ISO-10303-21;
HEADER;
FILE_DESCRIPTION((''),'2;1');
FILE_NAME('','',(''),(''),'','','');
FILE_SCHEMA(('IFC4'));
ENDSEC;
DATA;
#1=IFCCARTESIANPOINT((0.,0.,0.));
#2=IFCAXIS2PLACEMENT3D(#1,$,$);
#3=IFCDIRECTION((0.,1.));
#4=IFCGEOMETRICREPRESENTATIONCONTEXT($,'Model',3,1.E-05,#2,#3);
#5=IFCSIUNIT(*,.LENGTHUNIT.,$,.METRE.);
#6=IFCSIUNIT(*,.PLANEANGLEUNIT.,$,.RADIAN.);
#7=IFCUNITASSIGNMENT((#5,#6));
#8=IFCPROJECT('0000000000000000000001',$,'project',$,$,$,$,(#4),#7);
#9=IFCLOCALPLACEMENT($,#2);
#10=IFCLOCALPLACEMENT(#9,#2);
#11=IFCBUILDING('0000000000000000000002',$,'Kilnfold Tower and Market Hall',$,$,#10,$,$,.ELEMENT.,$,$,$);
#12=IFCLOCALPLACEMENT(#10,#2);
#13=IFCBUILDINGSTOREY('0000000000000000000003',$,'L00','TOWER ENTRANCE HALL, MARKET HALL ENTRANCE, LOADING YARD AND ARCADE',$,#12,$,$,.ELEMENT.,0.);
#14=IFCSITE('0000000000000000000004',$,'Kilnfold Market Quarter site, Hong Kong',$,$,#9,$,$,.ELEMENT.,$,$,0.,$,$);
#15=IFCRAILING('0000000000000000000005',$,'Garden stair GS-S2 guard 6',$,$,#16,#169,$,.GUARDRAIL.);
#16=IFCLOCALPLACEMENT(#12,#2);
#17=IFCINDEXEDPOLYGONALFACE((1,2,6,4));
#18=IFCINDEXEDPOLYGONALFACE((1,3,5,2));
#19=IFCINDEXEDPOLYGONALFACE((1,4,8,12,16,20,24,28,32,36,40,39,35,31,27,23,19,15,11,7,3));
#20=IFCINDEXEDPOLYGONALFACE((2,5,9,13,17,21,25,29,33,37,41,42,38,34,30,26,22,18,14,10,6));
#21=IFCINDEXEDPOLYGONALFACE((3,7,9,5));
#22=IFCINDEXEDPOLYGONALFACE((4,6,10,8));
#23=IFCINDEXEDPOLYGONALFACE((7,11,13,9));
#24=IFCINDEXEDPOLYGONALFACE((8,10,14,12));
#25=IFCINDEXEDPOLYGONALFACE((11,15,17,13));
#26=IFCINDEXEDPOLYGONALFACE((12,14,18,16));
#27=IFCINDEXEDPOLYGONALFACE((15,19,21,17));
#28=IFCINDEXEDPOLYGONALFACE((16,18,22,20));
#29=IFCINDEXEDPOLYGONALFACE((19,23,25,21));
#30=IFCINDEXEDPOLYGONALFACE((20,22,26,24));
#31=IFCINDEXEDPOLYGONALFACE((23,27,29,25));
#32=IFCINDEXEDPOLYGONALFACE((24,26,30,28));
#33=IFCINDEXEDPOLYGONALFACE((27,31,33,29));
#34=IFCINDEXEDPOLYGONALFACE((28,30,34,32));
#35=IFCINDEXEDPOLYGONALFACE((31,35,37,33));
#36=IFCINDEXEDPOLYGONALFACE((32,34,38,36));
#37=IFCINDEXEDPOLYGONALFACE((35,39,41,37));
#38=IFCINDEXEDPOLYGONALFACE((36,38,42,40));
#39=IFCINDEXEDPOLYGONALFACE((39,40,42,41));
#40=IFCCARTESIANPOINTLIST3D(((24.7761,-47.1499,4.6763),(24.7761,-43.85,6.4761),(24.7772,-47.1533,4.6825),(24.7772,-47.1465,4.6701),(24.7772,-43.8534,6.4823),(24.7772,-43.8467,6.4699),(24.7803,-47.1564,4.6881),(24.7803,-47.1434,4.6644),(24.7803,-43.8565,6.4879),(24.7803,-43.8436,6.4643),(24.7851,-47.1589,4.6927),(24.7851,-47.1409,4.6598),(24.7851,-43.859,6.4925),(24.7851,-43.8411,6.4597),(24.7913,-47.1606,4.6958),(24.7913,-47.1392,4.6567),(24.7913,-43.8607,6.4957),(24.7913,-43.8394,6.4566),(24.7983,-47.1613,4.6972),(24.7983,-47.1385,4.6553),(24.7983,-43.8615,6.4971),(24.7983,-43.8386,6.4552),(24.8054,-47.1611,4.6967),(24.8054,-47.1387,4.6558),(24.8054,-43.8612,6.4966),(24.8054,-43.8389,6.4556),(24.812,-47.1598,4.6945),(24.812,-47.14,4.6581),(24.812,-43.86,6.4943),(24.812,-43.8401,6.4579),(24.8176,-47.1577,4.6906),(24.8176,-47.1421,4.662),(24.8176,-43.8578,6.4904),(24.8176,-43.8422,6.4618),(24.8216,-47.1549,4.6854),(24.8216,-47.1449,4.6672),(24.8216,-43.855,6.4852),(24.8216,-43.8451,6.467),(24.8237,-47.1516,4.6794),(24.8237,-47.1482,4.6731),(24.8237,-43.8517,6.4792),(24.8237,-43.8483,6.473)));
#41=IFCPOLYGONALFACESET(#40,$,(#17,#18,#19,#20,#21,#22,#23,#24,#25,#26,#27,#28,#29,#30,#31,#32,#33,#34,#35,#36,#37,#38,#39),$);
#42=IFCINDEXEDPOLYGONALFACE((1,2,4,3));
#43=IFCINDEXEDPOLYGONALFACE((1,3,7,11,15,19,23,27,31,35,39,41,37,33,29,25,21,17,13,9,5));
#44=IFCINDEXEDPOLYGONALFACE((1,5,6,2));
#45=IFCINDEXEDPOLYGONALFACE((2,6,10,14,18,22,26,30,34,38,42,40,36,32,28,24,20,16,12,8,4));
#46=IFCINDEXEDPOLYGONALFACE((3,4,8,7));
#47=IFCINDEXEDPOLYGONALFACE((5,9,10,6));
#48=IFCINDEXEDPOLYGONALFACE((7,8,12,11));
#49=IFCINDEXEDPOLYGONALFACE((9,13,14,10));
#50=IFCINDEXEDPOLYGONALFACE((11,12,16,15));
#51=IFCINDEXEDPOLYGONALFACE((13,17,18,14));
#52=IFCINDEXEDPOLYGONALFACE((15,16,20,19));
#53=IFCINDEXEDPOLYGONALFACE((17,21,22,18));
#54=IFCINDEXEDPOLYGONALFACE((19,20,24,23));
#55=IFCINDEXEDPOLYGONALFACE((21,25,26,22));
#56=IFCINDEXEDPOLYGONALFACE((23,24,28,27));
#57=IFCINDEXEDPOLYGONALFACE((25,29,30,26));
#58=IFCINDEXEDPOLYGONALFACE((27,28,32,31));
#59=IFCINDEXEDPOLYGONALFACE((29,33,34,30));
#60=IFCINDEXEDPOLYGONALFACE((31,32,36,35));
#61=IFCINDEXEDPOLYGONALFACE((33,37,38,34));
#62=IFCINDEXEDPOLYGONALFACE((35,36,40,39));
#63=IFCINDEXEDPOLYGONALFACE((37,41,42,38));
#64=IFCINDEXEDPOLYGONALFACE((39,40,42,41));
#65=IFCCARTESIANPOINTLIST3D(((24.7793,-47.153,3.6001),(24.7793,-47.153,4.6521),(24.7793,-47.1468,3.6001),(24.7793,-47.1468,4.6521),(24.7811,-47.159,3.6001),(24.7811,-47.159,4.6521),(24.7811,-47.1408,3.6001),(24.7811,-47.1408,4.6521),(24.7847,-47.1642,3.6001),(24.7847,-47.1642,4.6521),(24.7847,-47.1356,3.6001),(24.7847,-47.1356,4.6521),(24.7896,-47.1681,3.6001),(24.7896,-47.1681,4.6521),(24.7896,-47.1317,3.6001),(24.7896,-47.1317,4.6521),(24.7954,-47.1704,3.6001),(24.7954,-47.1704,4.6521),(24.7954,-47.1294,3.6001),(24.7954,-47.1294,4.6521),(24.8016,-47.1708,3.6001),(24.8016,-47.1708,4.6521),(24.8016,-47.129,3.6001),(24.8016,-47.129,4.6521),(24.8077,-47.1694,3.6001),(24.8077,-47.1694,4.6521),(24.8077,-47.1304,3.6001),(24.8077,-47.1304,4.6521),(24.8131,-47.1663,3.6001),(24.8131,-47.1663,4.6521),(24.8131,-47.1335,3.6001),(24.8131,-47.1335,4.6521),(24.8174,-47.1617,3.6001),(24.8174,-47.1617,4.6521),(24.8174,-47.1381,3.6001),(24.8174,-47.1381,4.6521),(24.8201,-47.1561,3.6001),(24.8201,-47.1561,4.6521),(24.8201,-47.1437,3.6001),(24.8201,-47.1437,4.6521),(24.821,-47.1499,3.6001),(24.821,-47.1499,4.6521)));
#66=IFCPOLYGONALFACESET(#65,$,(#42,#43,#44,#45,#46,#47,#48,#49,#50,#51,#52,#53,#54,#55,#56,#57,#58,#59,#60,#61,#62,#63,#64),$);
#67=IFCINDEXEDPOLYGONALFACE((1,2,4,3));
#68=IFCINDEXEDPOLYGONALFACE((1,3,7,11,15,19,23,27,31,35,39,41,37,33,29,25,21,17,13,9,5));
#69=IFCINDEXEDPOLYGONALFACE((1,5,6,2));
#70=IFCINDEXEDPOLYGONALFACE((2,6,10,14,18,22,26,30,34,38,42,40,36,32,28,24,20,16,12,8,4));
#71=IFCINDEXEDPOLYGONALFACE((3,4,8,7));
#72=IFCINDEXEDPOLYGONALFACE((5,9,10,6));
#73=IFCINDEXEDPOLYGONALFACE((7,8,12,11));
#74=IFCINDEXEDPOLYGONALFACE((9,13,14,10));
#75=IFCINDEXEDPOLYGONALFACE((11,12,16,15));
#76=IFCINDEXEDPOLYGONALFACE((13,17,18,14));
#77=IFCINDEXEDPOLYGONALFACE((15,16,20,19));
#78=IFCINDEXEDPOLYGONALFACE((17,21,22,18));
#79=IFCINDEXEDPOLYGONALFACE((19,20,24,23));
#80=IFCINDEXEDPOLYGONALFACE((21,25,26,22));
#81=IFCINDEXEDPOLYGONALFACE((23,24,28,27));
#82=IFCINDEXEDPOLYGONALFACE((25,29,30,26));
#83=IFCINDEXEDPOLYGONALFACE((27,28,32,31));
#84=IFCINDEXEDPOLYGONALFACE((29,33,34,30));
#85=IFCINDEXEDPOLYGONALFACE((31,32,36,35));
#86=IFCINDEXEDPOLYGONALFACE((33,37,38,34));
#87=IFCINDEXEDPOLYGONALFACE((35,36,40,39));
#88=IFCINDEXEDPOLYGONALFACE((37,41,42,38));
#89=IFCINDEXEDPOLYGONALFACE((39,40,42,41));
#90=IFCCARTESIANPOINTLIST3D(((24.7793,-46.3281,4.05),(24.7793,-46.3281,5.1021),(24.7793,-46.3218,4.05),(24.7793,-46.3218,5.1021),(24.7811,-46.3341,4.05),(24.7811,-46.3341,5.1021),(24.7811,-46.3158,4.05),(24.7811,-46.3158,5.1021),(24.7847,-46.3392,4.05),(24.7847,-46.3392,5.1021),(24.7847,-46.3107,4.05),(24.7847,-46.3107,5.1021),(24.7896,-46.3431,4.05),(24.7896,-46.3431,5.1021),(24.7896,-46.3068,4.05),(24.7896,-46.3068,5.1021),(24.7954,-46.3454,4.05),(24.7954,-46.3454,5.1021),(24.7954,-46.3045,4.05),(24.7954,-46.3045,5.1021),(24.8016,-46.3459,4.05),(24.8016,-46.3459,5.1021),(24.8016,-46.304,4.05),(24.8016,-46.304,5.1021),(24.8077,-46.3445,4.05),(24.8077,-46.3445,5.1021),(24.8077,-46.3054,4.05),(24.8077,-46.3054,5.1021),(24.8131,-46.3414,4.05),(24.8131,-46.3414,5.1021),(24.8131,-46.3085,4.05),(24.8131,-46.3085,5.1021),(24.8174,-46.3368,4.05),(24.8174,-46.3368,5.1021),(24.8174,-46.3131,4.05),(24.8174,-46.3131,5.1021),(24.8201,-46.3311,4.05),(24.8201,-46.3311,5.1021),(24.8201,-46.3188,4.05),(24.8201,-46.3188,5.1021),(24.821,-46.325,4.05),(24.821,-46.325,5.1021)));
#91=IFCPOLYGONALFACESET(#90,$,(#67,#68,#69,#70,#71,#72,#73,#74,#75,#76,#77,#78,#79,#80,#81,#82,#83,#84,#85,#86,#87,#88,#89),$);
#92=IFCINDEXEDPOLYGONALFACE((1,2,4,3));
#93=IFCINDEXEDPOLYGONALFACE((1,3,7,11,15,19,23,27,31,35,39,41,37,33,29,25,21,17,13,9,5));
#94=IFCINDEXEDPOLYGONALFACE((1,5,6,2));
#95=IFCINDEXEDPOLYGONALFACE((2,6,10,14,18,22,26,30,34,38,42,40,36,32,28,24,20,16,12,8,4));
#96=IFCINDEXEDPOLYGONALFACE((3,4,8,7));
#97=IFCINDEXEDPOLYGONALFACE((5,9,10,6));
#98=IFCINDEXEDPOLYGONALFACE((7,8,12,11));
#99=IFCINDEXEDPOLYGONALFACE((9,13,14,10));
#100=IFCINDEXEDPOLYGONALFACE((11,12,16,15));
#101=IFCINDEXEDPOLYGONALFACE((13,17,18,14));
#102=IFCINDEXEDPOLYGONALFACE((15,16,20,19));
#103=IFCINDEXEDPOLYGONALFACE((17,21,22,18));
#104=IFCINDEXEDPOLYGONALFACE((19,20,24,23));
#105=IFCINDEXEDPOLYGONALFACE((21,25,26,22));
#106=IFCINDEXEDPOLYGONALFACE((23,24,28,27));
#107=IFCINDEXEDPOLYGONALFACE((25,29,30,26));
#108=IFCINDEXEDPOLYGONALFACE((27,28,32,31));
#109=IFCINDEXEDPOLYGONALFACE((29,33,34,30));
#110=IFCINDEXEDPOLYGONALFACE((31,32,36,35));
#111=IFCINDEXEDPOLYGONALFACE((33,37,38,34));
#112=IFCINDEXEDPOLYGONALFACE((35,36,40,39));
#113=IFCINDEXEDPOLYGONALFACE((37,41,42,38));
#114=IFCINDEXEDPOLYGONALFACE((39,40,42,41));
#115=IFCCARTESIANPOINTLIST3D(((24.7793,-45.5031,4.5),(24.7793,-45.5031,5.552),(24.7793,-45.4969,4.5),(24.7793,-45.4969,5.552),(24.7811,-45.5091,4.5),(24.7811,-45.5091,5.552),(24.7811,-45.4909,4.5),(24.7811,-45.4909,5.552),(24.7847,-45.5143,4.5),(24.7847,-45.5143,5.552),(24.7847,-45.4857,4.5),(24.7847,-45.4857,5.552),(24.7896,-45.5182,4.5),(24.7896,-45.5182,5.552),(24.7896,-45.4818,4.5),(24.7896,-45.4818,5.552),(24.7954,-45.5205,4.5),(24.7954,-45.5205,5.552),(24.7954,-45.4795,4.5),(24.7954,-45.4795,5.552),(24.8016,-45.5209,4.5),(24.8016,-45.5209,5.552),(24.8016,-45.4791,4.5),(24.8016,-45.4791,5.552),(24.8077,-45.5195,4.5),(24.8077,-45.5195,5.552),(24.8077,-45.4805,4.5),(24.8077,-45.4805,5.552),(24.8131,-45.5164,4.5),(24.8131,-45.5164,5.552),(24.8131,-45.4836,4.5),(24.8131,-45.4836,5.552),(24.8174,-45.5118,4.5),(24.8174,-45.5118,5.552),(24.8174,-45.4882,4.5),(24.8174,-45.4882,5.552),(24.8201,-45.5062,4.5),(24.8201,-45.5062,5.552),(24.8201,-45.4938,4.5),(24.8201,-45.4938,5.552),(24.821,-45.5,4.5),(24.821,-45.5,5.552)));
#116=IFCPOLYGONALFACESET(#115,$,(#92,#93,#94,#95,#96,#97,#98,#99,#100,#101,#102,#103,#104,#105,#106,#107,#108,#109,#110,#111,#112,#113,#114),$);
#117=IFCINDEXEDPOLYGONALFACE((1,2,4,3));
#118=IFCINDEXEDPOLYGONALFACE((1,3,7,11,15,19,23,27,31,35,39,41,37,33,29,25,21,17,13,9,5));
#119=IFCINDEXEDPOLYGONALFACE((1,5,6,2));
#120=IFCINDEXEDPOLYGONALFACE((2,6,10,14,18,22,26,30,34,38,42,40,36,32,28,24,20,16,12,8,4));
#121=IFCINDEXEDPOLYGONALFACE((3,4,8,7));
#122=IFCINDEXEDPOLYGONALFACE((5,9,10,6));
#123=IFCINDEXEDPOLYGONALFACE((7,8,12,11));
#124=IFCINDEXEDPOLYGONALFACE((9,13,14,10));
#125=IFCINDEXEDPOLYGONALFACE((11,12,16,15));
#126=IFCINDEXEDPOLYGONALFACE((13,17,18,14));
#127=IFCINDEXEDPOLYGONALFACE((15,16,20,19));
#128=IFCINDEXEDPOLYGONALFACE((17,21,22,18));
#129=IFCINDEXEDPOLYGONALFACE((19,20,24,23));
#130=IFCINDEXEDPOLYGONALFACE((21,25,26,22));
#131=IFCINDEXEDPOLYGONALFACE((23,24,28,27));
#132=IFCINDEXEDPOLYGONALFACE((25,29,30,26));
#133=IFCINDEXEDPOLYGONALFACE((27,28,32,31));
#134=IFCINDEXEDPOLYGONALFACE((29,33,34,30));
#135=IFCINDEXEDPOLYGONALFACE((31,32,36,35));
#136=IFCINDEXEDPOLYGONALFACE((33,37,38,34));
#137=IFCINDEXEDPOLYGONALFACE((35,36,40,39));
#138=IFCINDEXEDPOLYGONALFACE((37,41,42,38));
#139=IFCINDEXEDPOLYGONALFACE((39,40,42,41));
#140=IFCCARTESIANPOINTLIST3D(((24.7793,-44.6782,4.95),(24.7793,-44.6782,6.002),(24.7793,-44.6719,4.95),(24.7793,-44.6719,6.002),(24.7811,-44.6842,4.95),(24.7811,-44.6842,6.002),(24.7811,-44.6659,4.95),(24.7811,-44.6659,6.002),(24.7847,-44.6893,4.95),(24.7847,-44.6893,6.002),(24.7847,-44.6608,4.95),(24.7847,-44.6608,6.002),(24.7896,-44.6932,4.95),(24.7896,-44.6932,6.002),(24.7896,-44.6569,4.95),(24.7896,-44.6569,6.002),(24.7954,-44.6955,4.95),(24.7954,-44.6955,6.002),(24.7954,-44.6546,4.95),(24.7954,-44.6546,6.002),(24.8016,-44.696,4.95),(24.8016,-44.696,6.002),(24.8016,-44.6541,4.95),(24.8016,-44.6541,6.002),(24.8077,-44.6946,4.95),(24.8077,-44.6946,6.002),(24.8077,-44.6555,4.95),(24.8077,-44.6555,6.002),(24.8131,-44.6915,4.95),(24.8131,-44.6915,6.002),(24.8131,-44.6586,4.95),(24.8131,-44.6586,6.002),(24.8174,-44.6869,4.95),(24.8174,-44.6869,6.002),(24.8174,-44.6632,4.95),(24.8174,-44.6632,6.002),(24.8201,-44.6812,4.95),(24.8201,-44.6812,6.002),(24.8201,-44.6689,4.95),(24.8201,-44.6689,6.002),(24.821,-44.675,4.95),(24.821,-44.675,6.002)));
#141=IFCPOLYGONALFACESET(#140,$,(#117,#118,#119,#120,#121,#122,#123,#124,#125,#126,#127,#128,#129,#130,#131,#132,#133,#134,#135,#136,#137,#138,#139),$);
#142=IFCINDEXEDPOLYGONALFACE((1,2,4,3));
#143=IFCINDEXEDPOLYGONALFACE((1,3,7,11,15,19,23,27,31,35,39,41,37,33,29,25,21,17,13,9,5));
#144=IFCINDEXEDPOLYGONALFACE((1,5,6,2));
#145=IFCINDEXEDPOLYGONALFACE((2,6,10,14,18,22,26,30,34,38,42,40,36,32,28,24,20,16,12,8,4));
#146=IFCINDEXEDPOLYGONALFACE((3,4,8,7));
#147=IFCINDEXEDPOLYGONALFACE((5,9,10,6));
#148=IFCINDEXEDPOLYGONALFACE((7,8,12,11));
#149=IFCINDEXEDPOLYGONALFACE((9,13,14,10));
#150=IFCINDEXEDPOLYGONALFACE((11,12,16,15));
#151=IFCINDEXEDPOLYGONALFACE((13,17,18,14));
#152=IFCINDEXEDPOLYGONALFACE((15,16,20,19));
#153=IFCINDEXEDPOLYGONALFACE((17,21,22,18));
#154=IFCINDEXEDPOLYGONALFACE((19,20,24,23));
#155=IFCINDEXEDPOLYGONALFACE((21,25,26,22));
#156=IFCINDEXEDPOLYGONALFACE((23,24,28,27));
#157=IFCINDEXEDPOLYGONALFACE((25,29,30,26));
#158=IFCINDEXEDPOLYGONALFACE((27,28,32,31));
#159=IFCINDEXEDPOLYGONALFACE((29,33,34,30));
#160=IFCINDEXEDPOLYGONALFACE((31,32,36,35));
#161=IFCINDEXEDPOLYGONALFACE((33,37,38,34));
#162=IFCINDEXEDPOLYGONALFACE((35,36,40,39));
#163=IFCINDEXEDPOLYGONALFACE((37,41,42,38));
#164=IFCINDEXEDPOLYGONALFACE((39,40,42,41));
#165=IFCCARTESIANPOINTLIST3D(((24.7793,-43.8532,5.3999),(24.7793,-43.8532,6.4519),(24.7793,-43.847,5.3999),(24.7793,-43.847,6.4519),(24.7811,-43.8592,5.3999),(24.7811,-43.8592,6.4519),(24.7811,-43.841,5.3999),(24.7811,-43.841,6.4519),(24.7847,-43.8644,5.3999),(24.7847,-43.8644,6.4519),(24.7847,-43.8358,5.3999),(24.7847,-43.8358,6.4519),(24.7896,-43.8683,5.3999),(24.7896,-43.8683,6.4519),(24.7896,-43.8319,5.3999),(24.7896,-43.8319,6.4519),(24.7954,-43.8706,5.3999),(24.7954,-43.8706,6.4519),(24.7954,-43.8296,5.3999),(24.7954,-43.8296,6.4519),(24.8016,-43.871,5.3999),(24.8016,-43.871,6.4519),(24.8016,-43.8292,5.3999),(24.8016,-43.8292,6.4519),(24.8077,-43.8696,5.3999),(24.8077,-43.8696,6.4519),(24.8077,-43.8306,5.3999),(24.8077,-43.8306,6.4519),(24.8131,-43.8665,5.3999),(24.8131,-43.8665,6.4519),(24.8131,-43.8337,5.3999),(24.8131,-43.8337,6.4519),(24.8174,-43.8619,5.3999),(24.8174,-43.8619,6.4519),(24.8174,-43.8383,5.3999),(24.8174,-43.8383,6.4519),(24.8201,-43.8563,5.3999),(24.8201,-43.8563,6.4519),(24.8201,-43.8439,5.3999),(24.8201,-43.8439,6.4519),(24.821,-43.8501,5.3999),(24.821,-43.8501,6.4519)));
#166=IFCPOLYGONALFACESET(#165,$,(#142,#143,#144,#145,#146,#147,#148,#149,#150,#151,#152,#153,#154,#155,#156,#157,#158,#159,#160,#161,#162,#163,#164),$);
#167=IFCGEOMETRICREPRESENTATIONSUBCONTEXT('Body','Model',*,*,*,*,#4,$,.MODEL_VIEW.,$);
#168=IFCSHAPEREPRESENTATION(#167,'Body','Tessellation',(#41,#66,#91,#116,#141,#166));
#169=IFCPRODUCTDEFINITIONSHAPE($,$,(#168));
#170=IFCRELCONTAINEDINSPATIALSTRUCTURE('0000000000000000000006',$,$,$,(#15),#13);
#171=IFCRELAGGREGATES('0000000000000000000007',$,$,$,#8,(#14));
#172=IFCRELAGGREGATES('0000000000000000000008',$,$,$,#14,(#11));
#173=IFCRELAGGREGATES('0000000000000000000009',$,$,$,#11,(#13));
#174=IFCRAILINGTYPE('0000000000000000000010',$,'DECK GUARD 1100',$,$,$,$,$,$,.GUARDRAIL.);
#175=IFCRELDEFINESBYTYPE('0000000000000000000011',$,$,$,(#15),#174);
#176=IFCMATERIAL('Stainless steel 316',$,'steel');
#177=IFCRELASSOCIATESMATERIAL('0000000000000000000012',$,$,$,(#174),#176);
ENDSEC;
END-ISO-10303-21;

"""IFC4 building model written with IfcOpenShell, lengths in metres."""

from ifc_helpers import new_model, si_unit, direction, frame, origin, origin_2d, place, context, subcontext, project, spatial, circle, extrude, material, type_object, element, save


model = new_model("IFC4")

# Units and contexts
model_context = context("Model", 3, precision=1e-05, world=origin(), true_north=direction((0.0, 1.0)))
body_context = subcontext(model_context, "Body", "Model", "MODEL_VIEW")
ifc_project = project(units=[si_unit("LENGTHUNIT", "METRE"), si_unit("PLANEANGLEUNIT", "RADIAN")], contexts=[model_context])

# Site, building, storey
site_placement = place(None, origin())
site = spatial("IfcSite", under=ifc_project, at=site_placement, Name="Kilnfold Market Quarter site, Hong Kong", CompositionType="ELEMENT", RefElevation=0.0)
building_placement = place(site_placement, origin())
building = spatial("IfcBuilding", under=site, at=building_placement, Name="Kilnfold Tower and Market Hall", CompositionType="ELEMENT")
storey_placement = place(building_placement, origin())
storey = spatial("IfcBuildingStorey", under=building, at=storey_placement, Name="L00", Description="TOWER ENTRANCE HALL, MARKET HALL ENTRANCE, LOADING YARD AND ARCADE", CompositionType="ELEMENT", Elevation=0.0)

# Railing
ifc_material_1 = material(Name="Stainless steel 316", Category="steel")
railing_type_1 = type_object("IfcRailingType", Name="DECK GUARD 1100", PredefinedType="GUARDRAIL", material=ifc_material_1)
railing_1_placement = place(storey_placement, frame((24.8, -47.1499, 3.6001)))
element("IfcRailing", 1, at=railing_1_placement, inside=storey, type_object=railing_type_1, Name="Garden stair GS-S2 guard 6", PredefinedType="GUARDRAIL", context=body_context, shape_type="SweptSolid", body=[
    extrude(circle(Radius=0.0239, at=origin_2d()), frame((0.0, 0.0, 1.0762), z_axis=(0.0, 0.877906, 0.478834), x_axis=(-1.0, 0.0, 0.0)), (0.0, 0.0, 1.0), 3.7588),
    extrude(circle(Radius=0.021, at=origin_2d()), origin(), (0.0, 0.0, 1.0), 1.052),
    extrude(circle(Radius=0.021, at=origin_2d()), frame((0.0, 0.825, 0.45)), (0.0, 0.0, 1.0), 1.052),
    extrude(circle(Radius=0.021, at=origin_2d()), frame((0.0, 1.6499, 0.8999)), (0.0, 0.0, 1.0), 1.052),
    extrude(circle(Radius=0.021, at=origin_2d()), frame((0.0, 2.4749, 1.3499)), (0.0, 0.0, 1.0), 1.052),
    extrude(circle(Radius=0.021, at=origin_2d()), frame((0.0, 3.2998, 1.7998)), (0.0, 0.0, 1.0), 1.052),
])

save(model, "model.ifc")
